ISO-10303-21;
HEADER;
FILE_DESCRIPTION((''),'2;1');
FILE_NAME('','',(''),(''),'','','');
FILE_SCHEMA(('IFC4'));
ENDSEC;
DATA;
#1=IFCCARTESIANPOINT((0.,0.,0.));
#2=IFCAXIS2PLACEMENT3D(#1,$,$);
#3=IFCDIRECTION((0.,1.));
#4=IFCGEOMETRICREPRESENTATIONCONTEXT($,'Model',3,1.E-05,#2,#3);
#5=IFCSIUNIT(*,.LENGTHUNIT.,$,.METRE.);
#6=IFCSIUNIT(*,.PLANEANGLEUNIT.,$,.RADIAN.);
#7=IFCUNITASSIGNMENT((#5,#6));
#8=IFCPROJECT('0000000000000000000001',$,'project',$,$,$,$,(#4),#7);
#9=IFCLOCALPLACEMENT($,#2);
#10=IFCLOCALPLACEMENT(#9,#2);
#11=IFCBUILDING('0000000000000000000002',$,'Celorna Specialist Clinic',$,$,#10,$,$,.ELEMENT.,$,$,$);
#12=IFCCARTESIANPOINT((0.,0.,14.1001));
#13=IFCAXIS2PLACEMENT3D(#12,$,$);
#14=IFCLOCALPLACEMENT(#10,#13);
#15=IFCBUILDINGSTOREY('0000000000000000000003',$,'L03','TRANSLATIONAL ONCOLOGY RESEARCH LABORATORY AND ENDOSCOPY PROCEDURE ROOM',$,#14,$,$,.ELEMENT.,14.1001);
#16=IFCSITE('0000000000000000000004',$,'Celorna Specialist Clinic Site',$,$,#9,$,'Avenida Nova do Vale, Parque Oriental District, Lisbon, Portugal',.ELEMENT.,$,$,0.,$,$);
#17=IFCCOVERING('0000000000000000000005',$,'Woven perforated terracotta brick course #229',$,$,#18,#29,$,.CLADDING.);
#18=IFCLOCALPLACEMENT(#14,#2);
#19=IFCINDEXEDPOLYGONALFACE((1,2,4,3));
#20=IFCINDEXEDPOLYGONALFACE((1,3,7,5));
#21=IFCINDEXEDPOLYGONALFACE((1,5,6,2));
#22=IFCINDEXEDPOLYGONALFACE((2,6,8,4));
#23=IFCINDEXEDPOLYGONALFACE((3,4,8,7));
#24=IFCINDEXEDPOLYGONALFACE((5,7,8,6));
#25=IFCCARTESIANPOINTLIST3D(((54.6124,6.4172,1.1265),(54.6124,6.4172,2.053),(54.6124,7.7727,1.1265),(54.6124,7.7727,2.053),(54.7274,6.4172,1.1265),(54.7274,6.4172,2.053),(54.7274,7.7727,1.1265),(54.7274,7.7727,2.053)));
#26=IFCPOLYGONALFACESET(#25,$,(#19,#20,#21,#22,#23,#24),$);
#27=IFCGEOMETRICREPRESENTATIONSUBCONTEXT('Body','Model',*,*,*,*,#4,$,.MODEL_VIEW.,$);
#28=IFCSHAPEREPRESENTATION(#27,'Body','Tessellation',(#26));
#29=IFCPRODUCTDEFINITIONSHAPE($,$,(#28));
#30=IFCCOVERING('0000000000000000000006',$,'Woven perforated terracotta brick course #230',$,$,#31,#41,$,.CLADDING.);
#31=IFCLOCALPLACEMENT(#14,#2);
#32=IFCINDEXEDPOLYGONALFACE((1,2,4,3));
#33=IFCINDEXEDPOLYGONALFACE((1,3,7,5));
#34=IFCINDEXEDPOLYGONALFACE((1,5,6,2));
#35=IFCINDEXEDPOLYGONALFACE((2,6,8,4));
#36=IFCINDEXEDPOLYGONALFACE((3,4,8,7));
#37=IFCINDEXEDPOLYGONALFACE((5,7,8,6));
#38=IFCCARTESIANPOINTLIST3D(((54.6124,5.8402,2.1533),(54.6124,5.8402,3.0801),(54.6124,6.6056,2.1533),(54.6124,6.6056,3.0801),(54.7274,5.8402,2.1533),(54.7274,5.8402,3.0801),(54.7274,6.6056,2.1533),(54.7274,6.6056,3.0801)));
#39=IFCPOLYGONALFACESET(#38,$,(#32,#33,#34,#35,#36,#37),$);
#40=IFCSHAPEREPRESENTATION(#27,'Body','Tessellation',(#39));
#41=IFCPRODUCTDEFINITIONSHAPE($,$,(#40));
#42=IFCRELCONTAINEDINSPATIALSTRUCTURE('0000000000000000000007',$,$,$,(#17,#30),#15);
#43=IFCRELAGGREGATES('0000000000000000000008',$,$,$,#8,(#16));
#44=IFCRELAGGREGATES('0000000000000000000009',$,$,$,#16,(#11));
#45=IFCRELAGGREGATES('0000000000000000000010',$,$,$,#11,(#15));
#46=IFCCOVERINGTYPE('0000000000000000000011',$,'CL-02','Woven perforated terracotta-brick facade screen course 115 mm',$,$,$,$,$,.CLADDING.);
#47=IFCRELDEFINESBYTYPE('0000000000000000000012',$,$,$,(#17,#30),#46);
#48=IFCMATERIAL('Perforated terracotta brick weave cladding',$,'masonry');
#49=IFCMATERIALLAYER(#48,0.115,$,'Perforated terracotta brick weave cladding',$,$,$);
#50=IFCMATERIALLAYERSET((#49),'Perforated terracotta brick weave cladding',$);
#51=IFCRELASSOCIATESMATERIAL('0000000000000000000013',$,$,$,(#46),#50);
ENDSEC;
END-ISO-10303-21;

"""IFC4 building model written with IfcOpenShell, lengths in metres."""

from ifc_helpers import new_model, si_unit, direction, frame, origin, origin_2d, place, context, subcontext, project, spatial, rectangle, extrude, material, layer, layer_set, type_object, element, save


model = new_model("IFC4")

# Units and contexts
model_context = context("Model", 3, precision=1e-05, world=origin(), true_north=direction((0.0, 1.0)))
body_context = subcontext(model_context, "Body", "Model", "MODEL_VIEW")
ifc_project = project(units=[si_unit("LENGTHUNIT", "METRE"), si_unit("PLANEANGLEUNIT", "RADIAN")], contexts=[model_context])

# Site, building, storey
site_placement = place(None, origin())
site = spatial("IfcSite", under=ifc_project, at=site_placement, Name="Celorna Specialist Clinic Site", LongName="Avenida Nova do Vale, Parque Oriental District, Lisbon, Portugal", CompositionType="ELEMENT", RefElevation=0.0)
building_placement = place(site_placement, origin())
building = spatial("IfcBuilding", under=site, at=building_placement, Name="Celorna Specialist Clinic", CompositionType="ELEMENT")
storey_placement = place(building_placement, frame((0.0, 0.0, 14.1001)))
storey = spatial("IfcBuildingStorey", under=building, at=storey_placement, Name="L03", Description="TRANSLATIONAL ONCOLOGY RESEARCH LABORATORY AND ENDOSCOPY PROCEDURE ROOM", CompositionType="ELEMENT", Elevation=14.1001)

# Coverings
ifc_material_1 = material(Name="Perforated terracotta brick weave cladding", Category="masonry")
ifc_layer_1 = layer(ifc_material_1, 0.115, Name="Perforated terracotta brick weave cladding")
ifc_layer_set_1 = layer_set([ifc_layer_1], Name="Perforated terracotta brick weave cladding")
covering_type = type_object("IfcCoveringType", Name="CL-02", Description="Woven perforated terracotta-brick facade screen course 115 mm", PredefinedType="CLADDING", material=ifc_layer_set_1)
covering_1_placement = place(storey_placement, frame((54.6699, 7.095, 1.1265), z_axis=(0.0, 0.0, 1.0), x_axis=(0.0, 1.0, 0.0)))
element("IfcCovering", 1, at=covering_1_placement, inside=storey, type_object=covering_type, Name="Woven perforated terracotta brick course #229", PredefinedType="CLADDING", context=body_context, shape_type="SweptSolid", body=[
    extrude(rectangle(XDim=1.3555, YDim=0.115, at=origin_2d()), origin(), (0.0, 0.0, 1.0), 0.9265),
])
covering_2_placement = place(storey_placement, frame((54.6699, 6.2229, 2.1533), z_axis=(0.0, 0.0, 1.0), x_axis=(0.0, 1.0, 0.0)))
element("IfcCovering", 2, at=covering_2_placement, inside=storey, type_object=covering_type, Name="Woven perforated terracotta brick course #230", PredefinedType="CLADDING", context=body_context, shape_type="SweptSolid", body=[
    extrude(rectangle(XDim=0.7654, YDim=0.115, at=origin_2d()), origin(), (0.0, 0.0, 1.0), 0.9268),
])

save(model, "model.ifc")
